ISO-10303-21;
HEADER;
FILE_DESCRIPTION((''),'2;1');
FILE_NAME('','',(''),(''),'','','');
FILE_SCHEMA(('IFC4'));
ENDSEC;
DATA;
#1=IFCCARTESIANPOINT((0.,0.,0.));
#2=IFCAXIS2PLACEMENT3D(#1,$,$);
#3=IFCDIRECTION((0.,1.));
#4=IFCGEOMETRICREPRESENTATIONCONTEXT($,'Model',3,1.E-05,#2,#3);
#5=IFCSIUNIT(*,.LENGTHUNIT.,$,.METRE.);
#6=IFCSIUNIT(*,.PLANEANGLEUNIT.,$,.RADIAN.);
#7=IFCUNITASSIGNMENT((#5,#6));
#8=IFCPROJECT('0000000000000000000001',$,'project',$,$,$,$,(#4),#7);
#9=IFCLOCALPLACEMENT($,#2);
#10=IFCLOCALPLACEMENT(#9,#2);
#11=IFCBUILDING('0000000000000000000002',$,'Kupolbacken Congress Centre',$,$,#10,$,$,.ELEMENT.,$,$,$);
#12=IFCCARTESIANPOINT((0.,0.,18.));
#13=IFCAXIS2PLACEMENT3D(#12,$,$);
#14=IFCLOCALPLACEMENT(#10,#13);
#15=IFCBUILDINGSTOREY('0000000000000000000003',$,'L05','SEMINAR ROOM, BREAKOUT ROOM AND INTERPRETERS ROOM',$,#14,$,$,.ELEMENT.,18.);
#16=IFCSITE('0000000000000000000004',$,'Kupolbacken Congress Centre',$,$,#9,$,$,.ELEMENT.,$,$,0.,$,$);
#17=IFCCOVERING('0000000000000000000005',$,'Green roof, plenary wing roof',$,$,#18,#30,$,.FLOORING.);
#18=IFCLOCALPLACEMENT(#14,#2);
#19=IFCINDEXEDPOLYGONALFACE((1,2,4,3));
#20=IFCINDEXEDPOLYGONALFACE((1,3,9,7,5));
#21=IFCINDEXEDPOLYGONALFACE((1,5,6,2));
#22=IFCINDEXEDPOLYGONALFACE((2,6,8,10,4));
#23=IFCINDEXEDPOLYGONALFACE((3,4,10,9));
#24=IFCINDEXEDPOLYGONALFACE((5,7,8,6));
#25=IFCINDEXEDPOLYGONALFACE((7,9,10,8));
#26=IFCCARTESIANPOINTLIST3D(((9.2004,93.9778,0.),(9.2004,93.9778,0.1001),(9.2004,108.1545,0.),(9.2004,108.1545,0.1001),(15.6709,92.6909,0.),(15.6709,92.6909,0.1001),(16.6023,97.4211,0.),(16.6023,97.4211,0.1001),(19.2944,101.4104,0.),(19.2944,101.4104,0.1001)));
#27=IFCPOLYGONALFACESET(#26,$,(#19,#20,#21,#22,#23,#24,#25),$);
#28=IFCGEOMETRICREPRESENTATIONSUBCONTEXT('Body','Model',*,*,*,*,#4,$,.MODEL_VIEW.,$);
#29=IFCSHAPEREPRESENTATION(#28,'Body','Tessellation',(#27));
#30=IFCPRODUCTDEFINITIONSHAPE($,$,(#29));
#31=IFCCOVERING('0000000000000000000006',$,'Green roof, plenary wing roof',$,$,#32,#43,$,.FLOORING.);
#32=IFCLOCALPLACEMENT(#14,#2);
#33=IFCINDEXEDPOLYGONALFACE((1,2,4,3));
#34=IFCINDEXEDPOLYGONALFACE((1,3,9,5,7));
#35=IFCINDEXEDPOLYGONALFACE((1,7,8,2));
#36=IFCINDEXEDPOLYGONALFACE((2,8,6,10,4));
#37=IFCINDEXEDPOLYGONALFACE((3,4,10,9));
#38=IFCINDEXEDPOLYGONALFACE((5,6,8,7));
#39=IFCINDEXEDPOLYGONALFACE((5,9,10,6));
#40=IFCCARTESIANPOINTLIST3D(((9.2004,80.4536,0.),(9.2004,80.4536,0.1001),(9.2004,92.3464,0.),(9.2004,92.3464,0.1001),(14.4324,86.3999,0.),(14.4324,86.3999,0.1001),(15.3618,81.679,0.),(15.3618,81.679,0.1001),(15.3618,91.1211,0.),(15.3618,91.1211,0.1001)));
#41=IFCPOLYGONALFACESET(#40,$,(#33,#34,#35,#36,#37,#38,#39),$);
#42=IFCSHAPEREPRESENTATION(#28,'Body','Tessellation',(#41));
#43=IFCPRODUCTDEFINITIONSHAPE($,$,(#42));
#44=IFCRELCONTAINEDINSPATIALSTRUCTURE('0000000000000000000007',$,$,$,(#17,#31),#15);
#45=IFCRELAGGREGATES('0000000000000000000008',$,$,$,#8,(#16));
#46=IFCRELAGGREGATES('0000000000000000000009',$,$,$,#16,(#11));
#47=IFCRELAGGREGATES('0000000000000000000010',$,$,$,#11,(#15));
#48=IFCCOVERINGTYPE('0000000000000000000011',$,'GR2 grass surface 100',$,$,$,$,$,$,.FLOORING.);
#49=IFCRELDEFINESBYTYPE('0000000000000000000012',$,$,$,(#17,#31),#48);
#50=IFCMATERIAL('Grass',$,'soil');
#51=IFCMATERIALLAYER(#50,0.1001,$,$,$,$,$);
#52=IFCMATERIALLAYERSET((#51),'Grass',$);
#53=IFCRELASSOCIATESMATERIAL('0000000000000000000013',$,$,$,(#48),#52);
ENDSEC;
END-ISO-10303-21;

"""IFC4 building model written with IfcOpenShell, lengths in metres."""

from ifc_helpers import new_model, si_unit, direction, frame, origin, place, context, subcontext, project, spatial, polyline, outline, extrude, material, layer, layer_set, type_object, element, save


model = new_model("IFC4")

# Units and contexts
model_context = context("Model", 3, precision=1e-05, world=origin(), true_north=direction((0.0, 1.0)))
body_context = subcontext(model_context, "Body", "Model", "MODEL_VIEW")
ifc_project = project(units=[si_unit("LENGTHUNIT", "METRE"), si_unit("PLANEANGLEUNIT", "RADIAN")], contexts=[model_context])

# Site, building, storey
site_placement = place(None, origin())
site = spatial("IfcSite", under=ifc_project, at=site_placement, Name="Kupolbacken Congress Centre", CompositionType="ELEMENT", RefElevation=0.0)
building_placement = place(site_placement, origin())
building = spatial("IfcBuilding", under=site, at=building_placement, Name="Kupolbacken Congress Centre", CompositionType="ELEMENT")
storey_placement = place(building_placement, frame((0.0, 0.0, 18.0)))
storey = spatial("IfcBuildingStorey", under=building, at=storey_placement, Name="L05", Description="SEMINAR ROOM, BREAKOUT ROOM AND INTERPRETERS ROOM", CompositionType="ELEMENT", Elevation=18.0)

# Coverings
ifc_material_1 = material(Name="Grass", Category="soil")
ifc_layer_1 = layer(ifc_material_1, 0.1001)
ifc_layer_set_1 = layer_set([ifc_layer_1], Name="Grass")
covering_type = type_object("IfcCoveringType", Name="GR2 grass surface 100", PredefinedType="FLOORING", material=ifc_layer_set_1)
covering_1_placement = place(storey_placement, origin())
element("IfcCovering", 1, at=covering_1_placement, inside=storey, type_object=covering_type, Name="Green roof, plenary wing roof", PredefinedType="FLOORING", context=body_context, shape_type="SweptSolid", body=[
    extrude(outline(polyline([(9.2004, 93.9778), (9.2004, 108.1545), (19.2944, 101.4104), (16.6023, 97.4211), (15.6709, 92.6909), (9.2004, 93.9778)])), origin(), (0.0, 0.0, 1.0), 0.1001),
])
covering_2_placement = place(storey_placement, origin())
element("IfcCovering", 2, at=covering_2_placement, inside=storey, type_object=covering_type, Name="Green roof, plenary wing roof", PredefinedType="FLOORING", context=body_context, shape_type="SweptSolid", body=[
    extrude(outline(polyline([(9.2004, 80.4536), (9.2004, 92.3464), (15.3618, 91.1211), (14.4324, 86.3999), (15.3618, 81.679), (9.2004, 80.4536)])), origin(), (0.0, 0.0, 1.0), 0.1001),
])

save(model, "model.ifc")
